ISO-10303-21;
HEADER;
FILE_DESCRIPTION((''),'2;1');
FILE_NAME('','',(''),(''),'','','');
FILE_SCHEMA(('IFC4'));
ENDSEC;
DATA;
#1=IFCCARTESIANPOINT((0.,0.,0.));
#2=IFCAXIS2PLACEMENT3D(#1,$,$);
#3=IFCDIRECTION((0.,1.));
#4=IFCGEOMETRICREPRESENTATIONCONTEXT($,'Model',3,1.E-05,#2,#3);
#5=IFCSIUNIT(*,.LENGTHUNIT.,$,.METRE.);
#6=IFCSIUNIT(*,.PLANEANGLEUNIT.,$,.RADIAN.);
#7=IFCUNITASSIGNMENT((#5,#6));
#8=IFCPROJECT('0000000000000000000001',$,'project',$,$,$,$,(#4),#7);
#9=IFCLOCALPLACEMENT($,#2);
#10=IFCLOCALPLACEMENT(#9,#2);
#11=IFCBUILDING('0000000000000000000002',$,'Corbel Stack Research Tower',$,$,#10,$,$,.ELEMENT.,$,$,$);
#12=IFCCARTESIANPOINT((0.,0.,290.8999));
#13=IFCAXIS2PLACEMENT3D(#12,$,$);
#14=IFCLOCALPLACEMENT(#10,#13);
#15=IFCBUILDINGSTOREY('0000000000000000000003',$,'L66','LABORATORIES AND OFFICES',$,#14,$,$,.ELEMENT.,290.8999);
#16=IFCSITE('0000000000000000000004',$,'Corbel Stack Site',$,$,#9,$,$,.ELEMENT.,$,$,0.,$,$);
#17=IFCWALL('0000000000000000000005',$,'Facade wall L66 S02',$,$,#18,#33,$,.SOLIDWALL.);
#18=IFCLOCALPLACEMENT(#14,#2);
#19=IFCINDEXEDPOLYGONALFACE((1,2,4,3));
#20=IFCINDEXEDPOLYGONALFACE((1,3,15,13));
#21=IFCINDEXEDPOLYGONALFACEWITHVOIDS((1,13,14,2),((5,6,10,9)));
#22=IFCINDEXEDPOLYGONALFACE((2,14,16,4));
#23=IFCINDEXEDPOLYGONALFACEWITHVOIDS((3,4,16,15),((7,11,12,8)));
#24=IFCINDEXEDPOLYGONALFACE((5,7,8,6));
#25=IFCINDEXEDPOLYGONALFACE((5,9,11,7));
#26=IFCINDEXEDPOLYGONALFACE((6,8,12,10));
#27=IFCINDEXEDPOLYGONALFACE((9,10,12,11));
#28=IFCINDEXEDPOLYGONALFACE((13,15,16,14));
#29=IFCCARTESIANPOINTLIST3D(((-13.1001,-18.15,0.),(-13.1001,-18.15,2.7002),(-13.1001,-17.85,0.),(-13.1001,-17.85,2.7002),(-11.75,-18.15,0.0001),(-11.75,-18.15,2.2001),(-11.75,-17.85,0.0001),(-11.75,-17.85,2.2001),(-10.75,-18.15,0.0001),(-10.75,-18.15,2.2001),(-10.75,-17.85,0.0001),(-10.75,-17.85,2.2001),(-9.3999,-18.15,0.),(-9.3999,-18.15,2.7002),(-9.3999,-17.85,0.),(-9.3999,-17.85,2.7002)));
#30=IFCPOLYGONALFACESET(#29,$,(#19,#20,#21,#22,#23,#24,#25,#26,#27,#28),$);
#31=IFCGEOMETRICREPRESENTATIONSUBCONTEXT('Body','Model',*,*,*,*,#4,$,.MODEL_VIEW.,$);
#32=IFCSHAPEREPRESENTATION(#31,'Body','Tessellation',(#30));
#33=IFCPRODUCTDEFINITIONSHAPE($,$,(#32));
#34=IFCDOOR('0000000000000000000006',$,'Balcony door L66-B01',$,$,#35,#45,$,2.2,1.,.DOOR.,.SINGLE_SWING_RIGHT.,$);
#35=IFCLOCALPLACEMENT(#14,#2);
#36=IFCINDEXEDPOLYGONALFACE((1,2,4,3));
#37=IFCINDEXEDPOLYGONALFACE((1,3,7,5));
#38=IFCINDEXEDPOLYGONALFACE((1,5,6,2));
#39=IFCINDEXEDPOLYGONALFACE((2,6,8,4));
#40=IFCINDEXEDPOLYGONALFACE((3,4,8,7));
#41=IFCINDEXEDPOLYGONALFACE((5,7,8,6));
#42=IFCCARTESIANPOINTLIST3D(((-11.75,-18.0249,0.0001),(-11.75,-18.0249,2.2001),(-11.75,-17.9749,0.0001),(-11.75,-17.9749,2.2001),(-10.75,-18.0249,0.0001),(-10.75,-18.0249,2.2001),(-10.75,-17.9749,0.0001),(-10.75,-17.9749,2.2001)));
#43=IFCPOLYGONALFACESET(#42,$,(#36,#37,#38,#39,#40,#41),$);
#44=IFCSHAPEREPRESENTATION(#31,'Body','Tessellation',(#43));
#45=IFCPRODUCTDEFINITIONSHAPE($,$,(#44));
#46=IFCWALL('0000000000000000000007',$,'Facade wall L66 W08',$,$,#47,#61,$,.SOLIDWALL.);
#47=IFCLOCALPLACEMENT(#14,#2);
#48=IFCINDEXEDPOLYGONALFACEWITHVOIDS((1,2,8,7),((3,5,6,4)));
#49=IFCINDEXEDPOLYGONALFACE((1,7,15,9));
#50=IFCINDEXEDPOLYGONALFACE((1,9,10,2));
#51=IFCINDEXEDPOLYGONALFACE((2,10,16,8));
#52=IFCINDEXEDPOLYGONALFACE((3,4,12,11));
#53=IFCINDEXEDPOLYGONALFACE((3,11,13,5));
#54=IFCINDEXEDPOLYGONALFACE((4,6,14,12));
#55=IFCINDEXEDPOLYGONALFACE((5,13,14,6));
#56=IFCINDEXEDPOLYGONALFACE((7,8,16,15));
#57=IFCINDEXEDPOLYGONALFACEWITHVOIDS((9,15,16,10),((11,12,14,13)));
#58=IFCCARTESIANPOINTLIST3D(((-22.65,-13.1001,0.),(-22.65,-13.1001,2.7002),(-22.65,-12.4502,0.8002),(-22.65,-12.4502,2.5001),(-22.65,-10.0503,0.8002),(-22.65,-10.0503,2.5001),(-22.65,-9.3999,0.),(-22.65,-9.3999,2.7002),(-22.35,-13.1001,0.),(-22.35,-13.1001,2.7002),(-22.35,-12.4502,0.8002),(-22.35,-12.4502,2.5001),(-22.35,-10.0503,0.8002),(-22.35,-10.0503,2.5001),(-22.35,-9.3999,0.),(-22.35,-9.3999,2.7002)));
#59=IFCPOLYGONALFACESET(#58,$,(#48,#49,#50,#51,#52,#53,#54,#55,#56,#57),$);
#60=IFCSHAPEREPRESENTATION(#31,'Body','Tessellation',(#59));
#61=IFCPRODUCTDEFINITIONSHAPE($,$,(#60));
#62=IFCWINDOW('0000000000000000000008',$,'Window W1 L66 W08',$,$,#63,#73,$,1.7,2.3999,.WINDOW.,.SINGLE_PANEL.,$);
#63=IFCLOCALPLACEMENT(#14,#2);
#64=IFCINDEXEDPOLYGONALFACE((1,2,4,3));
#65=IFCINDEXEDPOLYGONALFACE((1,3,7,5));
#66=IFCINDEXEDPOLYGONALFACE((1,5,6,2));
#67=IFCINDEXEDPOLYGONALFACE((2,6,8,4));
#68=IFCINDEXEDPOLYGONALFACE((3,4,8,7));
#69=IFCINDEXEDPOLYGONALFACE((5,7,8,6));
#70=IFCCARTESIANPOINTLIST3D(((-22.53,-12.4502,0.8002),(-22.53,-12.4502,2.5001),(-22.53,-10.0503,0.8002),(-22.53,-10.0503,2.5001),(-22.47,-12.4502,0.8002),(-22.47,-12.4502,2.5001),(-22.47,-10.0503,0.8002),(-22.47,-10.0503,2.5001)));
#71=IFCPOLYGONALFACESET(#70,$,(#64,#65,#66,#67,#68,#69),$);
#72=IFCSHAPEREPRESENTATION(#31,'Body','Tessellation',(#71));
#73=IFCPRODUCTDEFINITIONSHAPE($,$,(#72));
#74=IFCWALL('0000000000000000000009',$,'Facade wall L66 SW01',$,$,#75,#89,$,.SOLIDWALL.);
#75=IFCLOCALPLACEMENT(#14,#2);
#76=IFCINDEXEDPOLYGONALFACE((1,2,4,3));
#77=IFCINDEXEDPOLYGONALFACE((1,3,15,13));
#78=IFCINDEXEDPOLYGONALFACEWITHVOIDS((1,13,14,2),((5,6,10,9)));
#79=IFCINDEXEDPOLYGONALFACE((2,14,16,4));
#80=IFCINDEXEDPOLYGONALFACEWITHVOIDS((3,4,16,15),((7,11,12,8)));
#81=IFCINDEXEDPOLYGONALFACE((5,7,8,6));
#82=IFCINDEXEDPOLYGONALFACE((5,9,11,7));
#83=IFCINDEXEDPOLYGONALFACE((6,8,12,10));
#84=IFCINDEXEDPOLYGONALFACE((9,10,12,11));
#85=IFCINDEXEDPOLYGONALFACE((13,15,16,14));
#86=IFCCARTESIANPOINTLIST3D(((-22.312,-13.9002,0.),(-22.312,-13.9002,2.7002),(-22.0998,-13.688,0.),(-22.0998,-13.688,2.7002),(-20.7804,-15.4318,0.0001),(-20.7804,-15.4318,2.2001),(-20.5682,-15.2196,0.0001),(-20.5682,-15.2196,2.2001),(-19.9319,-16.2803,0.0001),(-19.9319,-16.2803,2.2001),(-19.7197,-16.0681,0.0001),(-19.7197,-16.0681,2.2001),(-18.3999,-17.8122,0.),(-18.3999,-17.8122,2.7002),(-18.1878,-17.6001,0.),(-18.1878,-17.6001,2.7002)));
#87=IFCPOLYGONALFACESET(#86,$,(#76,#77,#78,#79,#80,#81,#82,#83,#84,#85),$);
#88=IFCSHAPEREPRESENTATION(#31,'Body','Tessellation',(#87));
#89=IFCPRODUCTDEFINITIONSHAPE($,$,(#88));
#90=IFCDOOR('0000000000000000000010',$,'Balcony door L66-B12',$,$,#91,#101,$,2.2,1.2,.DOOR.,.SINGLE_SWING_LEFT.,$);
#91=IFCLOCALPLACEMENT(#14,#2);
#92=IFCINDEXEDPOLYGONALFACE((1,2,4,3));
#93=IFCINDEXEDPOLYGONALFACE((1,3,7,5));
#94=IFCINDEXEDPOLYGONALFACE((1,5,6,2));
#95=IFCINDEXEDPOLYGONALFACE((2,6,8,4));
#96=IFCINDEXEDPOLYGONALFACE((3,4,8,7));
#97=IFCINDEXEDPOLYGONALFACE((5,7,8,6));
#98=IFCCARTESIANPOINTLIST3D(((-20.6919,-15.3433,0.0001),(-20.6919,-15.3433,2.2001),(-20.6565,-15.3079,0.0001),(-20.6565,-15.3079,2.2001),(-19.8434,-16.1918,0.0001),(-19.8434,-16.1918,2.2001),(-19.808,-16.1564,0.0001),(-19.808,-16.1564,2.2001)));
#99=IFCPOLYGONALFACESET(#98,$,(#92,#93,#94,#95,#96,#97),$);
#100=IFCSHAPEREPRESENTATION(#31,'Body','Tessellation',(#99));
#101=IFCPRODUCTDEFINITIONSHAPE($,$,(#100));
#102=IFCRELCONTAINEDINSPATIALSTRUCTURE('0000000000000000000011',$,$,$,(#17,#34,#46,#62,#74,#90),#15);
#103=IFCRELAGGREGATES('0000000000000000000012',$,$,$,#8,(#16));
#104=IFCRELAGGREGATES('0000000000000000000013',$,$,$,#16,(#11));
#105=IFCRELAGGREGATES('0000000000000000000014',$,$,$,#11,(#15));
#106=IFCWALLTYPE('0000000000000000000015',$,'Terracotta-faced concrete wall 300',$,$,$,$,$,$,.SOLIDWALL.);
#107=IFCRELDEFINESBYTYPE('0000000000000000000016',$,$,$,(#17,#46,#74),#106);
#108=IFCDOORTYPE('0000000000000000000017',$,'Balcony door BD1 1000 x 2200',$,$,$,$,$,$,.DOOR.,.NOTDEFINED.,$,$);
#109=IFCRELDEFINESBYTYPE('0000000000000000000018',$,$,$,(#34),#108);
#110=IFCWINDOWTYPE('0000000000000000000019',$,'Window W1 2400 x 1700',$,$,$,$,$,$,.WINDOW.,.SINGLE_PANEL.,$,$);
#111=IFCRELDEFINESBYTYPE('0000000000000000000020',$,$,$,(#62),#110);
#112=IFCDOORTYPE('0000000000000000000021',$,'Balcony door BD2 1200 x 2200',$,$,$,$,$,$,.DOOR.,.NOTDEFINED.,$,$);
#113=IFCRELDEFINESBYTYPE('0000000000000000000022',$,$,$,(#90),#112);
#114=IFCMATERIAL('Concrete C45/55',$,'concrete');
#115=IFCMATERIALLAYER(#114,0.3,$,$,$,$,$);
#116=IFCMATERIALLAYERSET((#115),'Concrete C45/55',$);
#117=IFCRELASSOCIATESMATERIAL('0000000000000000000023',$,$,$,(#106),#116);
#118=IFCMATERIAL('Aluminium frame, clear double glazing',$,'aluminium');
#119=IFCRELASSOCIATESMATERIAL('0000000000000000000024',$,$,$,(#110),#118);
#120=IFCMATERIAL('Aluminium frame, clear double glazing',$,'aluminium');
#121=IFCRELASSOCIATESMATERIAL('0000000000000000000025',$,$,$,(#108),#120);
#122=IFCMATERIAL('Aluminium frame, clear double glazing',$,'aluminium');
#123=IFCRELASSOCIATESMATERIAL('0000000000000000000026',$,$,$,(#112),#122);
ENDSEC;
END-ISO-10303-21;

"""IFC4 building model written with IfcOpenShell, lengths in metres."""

from ifc_helpers import new_model, si_unit, direction, frame, frame_2d, origin, place, context, subcontext, project, spatial, rectangle, extrude, material, layer, layer_set, type_object, element, fill, save


model = new_model("IFC4")

# Units and contexts
model_context = context("Model", 3, precision=1e-05, world=origin(), true_north=direction((0.0, 1.0)))
body_context = subcontext(model_context, "Body", "Model", "MODEL_VIEW")
ifc_project = project(units=[si_unit("LENGTHUNIT", "METRE"), si_unit("PLANEANGLEUNIT", "RADIAN")], contexts=[model_context])

# Site, building, storey
site_placement = place(None, origin())
site = spatial("IfcSite", under=ifc_project, at=site_placement, Name="Corbel Stack Site", CompositionType="ELEMENT", RefElevation=0.0)
building_placement = place(site_placement, origin())
building = spatial("IfcBuilding", under=site, at=building_placement, Name="Corbel Stack Research Tower", CompositionType="ELEMENT")
storey_placement = place(building_placement, frame((0.0, 0.0, 290.8999)))
storey = spatial("IfcBuildingStorey", under=building, at=storey_placement, Name="L66", Description="LABORATORIES AND OFFICES", CompositionType="ELEMENT", Elevation=290.8999)

# Shared definitions
ifc_material_1 = material(Name="Concrete C45/55", Category="concrete")
ifc_layer_1 = layer(ifc_material_1, 0.3)
ifc_layer_set_1 = layer_set([ifc_layer_1], Name="Concrete C45/55")
wall_type_1 = type_object("IfcWallType", Name="Terracotta-faced concrete wall 300", PredefinedType="SOLIDWALL", material=ifc_layer_set_1)
ifc_material_2 = material(Name="Aluminium frame, clear double glazing", Category="aluminium")
window_type = type_object("IfcWindowType", Name="Window W1 2400 x 1700", PartitioningType="SINGLE_PANEL", PredefinedType="WINDOW", material=ifc_material_2)

# Wall, opening, door
wall_1_placement = place(storey_placement, frame((-9.3999, -18.0, 0.0), z_axis=(0.0, 0.0, 1.0), x_axis=(-1.0, 0.0, 0.0)))
wall_1 = element("IfcWall", 1, at=wall_1_placement, inside=storey, type_object=wall_type_1, Name="Facade wall L66 S02", PredefinedType="SOLIDWALL", context=body_context, shape_type="SweptSolid", body=[
    extrude(rectangle(XDim=3.7002, YDim=0.3, at=frame_2d((1.8501, 0.0))), origin(), (0.0, 0.0, 1.0), 2.7002),
])
opening_1_placement = place(wall_1_placement, frame((1.3501, 0.0, 0.0)))
opening_1 = element("IfcOpeningElement", 2, at=opening_1_placement, cuts=wall_1, PredefinedType="OPENING", context=body_context, shape_type="SweptSolid", body=[
    extrude(rectangle(XDim=1.0, YDim=2.2, at=frame_2d((0.5, 1.1001))), frame((0.0, 0.1599, 0.0), z_axis=(0.0, -1.0, 0.0), x_axis=(1.0, 0.0, 0.0)), (0.0, 0.0, 1.0), 0.3201),
])
ifc_material_3 = material(Name="Aluminium frame, clear double glazing", Category="aluminium")
door_type_1 = type_object("IfcDoorType", Name="Balcony door BD1 1000 x 2200", OperationType="NOTDEFINED", PredefinedType="DOOR", material=ifc_material_3)
door_1_placement = place(opening_1_placement, origin())
door_1 = element("IfcDoor", 3, at=door_1_placement, inside=storey, type_object=door_type_1, Name="Balcony door L66-B01", OperationType="SINGLE_SWING_RIGHT", OverallHeight=2.2, OverallWidth=1.0, PredefinedType="DOOR", context=body_context, shape_type="SweptSolid", body=[
    extrude(rectangle(XDim=1.0, YDim=2.2, at=frame_2d((0.5, 1.1001))), frame((0.0, 0.0249, 0.0), z_axis=(0.0, -1.0, 0.0), x_axis=(1.0, 0.0, 0.0)), (0.0, 0.0, 1.0), 0.05),
])
fill(opening_1, door_1)

# Wall, opening, window
wall_2_placement = place(storey_placement, frame((-22.5, -13.1001, 0.0), z_axis=(0.0, 0.0, 1.0), x_axis=(0.0, 1.0, 0.0)))
wall_2 = element("IfcWall", 4, at=wall_2_placement, inside=storey, type_object=wall_type_1, Name="Facade wall L66 W08", PredefinedType="SOLIDWALL", context=body_context, shape_type="SweptSolid", body=[
    extrude(rectangle(XDim=3.7002, YDim=0.3, at=frame_2d((1.8501, 0.0))), origin(), (0.0, 0.0, 1.0), 2.7002),
])
opening_2_placement = place(wall_2_placement, frame((0.6499, 0.0, 0.8)))
opening_2 = element("IfcOpeningElement", 5, at=opening_2_placement, cuts=wall_2, PredefinedType="OPENING", context=body_context, shape_type="SweptSolid", body=[
    extrude(rectangle(XDim=2.3999, YDim=1.7, at=frame_2d((1.2, 0.8501))), frame((0.0, 0.1599, 0.0), z_axis=(0.0, -1.0, 0.0), x_axis=(1.0, 0.0, 0.0)), (0.0, 0.0, 1.0), 0.3201),
])
window_1_placement = place(opening_2_placement, origin())
window_1 = element("IfcWindow", 6, at=window_1_placement, inside=storey, type_object=window_type, Name="Window W1 L66 W08", OverallHeight=1.7, OverallWidth=2.3999, PartitioningType="SINGLE_PANEL", PredefinedType="WINDOW", context=body_context, shape_type="SweptSolid", body=[
    extrude(rectangle(XDim=2.3999, YDim=1.7, at=frame_2d((1.2, 0.8501))), frame((0.0, 0.03, 0.0), z_axis=(0.0, -1.0, 0.0), x_axis=(1.0, 0.0, 0.0)), (0.0, 0.0, 1.0), 0.0601),
])
fill(opening_2, window_1)

# Wall, opening, door
wall_3_placement = place(storey_placement, frame((-18.2939, -17.7061, 0.0), z_axis=(0.0, 0.0, 1.0), x_axis=(-0.707107, 0.707107, 0.0)))
wall_3 = element("IfcWall", 7, at=wall_3_placement, inside=storey, type_object=wall_type_1, Name="Facade wall L66 SW01", PredefinedType="SOLIDWALL", context=body_context, shape_type="SweptSolid", body=[
    extrude(rectangle(XDim=5.5325, YDim=0.3, at=frame_2d((2.7661, 0.0))), origin(), (0.0, 0.0, 1.0), 2.7002),
])
opening_3_placement = place(wall_3_placement, frame((2.1663, 0.0, 0.0)))
opening_3 = element("IfcOpeningElement", 8, at=opening_3_placement, cuts=wall_3, PredefinedType="OPENING", context=body_context, shape_type="SweptSolid", body=[
    extrude(rectangle(XDim=1.2, YDim=2.2, at=frame_2d((0.6001, 1.1001))), frame((0.0, 0.1599, 0.0), z_axis=(0.0, -1.0, 0.0), x_axis=(1.0, 0.0, 0.0)), (0.0, 0.0, 1.0), 0.3201),
])
ifc_material_4 = material(Name="Aluminium frame, clear double glazing", Category="aluminium")
door_type_2 = type_object("IfcDoorType", Name="Balcony door BD2 1200 x 2200", OperationType="NOTDEFINED", PredefinedType="DOOR", material=ifc_material_4)
door_2_placement = place(opening_3_placement, origin())
door_2 = element("IfcDoor", 9, at=door_2_placement, inside=storey, type_object=door_type_2, Name="Balcony door L66-B12", OperationType="SINGLE_SWING_LEFT", OverallHeight=2.2, OverallWidth=1.2, PredefinedType="DOOR", context=body_context, shape_type="SweptSolid", body=[
    extrude(rectangle(XDim=1.2, YDim=2.2, at=frame_2d((0.6001, 1.1001))), frame((0.0, 0.0249, 0.0), z_axis=(0.0, -1.0, 0.0), x_axis=(1.0, 0.0, 0.0)), (0.0, 0.0, 1.0), 0.05),
])
fill(opening_3, door_2)

save(model, "model.ifc")
